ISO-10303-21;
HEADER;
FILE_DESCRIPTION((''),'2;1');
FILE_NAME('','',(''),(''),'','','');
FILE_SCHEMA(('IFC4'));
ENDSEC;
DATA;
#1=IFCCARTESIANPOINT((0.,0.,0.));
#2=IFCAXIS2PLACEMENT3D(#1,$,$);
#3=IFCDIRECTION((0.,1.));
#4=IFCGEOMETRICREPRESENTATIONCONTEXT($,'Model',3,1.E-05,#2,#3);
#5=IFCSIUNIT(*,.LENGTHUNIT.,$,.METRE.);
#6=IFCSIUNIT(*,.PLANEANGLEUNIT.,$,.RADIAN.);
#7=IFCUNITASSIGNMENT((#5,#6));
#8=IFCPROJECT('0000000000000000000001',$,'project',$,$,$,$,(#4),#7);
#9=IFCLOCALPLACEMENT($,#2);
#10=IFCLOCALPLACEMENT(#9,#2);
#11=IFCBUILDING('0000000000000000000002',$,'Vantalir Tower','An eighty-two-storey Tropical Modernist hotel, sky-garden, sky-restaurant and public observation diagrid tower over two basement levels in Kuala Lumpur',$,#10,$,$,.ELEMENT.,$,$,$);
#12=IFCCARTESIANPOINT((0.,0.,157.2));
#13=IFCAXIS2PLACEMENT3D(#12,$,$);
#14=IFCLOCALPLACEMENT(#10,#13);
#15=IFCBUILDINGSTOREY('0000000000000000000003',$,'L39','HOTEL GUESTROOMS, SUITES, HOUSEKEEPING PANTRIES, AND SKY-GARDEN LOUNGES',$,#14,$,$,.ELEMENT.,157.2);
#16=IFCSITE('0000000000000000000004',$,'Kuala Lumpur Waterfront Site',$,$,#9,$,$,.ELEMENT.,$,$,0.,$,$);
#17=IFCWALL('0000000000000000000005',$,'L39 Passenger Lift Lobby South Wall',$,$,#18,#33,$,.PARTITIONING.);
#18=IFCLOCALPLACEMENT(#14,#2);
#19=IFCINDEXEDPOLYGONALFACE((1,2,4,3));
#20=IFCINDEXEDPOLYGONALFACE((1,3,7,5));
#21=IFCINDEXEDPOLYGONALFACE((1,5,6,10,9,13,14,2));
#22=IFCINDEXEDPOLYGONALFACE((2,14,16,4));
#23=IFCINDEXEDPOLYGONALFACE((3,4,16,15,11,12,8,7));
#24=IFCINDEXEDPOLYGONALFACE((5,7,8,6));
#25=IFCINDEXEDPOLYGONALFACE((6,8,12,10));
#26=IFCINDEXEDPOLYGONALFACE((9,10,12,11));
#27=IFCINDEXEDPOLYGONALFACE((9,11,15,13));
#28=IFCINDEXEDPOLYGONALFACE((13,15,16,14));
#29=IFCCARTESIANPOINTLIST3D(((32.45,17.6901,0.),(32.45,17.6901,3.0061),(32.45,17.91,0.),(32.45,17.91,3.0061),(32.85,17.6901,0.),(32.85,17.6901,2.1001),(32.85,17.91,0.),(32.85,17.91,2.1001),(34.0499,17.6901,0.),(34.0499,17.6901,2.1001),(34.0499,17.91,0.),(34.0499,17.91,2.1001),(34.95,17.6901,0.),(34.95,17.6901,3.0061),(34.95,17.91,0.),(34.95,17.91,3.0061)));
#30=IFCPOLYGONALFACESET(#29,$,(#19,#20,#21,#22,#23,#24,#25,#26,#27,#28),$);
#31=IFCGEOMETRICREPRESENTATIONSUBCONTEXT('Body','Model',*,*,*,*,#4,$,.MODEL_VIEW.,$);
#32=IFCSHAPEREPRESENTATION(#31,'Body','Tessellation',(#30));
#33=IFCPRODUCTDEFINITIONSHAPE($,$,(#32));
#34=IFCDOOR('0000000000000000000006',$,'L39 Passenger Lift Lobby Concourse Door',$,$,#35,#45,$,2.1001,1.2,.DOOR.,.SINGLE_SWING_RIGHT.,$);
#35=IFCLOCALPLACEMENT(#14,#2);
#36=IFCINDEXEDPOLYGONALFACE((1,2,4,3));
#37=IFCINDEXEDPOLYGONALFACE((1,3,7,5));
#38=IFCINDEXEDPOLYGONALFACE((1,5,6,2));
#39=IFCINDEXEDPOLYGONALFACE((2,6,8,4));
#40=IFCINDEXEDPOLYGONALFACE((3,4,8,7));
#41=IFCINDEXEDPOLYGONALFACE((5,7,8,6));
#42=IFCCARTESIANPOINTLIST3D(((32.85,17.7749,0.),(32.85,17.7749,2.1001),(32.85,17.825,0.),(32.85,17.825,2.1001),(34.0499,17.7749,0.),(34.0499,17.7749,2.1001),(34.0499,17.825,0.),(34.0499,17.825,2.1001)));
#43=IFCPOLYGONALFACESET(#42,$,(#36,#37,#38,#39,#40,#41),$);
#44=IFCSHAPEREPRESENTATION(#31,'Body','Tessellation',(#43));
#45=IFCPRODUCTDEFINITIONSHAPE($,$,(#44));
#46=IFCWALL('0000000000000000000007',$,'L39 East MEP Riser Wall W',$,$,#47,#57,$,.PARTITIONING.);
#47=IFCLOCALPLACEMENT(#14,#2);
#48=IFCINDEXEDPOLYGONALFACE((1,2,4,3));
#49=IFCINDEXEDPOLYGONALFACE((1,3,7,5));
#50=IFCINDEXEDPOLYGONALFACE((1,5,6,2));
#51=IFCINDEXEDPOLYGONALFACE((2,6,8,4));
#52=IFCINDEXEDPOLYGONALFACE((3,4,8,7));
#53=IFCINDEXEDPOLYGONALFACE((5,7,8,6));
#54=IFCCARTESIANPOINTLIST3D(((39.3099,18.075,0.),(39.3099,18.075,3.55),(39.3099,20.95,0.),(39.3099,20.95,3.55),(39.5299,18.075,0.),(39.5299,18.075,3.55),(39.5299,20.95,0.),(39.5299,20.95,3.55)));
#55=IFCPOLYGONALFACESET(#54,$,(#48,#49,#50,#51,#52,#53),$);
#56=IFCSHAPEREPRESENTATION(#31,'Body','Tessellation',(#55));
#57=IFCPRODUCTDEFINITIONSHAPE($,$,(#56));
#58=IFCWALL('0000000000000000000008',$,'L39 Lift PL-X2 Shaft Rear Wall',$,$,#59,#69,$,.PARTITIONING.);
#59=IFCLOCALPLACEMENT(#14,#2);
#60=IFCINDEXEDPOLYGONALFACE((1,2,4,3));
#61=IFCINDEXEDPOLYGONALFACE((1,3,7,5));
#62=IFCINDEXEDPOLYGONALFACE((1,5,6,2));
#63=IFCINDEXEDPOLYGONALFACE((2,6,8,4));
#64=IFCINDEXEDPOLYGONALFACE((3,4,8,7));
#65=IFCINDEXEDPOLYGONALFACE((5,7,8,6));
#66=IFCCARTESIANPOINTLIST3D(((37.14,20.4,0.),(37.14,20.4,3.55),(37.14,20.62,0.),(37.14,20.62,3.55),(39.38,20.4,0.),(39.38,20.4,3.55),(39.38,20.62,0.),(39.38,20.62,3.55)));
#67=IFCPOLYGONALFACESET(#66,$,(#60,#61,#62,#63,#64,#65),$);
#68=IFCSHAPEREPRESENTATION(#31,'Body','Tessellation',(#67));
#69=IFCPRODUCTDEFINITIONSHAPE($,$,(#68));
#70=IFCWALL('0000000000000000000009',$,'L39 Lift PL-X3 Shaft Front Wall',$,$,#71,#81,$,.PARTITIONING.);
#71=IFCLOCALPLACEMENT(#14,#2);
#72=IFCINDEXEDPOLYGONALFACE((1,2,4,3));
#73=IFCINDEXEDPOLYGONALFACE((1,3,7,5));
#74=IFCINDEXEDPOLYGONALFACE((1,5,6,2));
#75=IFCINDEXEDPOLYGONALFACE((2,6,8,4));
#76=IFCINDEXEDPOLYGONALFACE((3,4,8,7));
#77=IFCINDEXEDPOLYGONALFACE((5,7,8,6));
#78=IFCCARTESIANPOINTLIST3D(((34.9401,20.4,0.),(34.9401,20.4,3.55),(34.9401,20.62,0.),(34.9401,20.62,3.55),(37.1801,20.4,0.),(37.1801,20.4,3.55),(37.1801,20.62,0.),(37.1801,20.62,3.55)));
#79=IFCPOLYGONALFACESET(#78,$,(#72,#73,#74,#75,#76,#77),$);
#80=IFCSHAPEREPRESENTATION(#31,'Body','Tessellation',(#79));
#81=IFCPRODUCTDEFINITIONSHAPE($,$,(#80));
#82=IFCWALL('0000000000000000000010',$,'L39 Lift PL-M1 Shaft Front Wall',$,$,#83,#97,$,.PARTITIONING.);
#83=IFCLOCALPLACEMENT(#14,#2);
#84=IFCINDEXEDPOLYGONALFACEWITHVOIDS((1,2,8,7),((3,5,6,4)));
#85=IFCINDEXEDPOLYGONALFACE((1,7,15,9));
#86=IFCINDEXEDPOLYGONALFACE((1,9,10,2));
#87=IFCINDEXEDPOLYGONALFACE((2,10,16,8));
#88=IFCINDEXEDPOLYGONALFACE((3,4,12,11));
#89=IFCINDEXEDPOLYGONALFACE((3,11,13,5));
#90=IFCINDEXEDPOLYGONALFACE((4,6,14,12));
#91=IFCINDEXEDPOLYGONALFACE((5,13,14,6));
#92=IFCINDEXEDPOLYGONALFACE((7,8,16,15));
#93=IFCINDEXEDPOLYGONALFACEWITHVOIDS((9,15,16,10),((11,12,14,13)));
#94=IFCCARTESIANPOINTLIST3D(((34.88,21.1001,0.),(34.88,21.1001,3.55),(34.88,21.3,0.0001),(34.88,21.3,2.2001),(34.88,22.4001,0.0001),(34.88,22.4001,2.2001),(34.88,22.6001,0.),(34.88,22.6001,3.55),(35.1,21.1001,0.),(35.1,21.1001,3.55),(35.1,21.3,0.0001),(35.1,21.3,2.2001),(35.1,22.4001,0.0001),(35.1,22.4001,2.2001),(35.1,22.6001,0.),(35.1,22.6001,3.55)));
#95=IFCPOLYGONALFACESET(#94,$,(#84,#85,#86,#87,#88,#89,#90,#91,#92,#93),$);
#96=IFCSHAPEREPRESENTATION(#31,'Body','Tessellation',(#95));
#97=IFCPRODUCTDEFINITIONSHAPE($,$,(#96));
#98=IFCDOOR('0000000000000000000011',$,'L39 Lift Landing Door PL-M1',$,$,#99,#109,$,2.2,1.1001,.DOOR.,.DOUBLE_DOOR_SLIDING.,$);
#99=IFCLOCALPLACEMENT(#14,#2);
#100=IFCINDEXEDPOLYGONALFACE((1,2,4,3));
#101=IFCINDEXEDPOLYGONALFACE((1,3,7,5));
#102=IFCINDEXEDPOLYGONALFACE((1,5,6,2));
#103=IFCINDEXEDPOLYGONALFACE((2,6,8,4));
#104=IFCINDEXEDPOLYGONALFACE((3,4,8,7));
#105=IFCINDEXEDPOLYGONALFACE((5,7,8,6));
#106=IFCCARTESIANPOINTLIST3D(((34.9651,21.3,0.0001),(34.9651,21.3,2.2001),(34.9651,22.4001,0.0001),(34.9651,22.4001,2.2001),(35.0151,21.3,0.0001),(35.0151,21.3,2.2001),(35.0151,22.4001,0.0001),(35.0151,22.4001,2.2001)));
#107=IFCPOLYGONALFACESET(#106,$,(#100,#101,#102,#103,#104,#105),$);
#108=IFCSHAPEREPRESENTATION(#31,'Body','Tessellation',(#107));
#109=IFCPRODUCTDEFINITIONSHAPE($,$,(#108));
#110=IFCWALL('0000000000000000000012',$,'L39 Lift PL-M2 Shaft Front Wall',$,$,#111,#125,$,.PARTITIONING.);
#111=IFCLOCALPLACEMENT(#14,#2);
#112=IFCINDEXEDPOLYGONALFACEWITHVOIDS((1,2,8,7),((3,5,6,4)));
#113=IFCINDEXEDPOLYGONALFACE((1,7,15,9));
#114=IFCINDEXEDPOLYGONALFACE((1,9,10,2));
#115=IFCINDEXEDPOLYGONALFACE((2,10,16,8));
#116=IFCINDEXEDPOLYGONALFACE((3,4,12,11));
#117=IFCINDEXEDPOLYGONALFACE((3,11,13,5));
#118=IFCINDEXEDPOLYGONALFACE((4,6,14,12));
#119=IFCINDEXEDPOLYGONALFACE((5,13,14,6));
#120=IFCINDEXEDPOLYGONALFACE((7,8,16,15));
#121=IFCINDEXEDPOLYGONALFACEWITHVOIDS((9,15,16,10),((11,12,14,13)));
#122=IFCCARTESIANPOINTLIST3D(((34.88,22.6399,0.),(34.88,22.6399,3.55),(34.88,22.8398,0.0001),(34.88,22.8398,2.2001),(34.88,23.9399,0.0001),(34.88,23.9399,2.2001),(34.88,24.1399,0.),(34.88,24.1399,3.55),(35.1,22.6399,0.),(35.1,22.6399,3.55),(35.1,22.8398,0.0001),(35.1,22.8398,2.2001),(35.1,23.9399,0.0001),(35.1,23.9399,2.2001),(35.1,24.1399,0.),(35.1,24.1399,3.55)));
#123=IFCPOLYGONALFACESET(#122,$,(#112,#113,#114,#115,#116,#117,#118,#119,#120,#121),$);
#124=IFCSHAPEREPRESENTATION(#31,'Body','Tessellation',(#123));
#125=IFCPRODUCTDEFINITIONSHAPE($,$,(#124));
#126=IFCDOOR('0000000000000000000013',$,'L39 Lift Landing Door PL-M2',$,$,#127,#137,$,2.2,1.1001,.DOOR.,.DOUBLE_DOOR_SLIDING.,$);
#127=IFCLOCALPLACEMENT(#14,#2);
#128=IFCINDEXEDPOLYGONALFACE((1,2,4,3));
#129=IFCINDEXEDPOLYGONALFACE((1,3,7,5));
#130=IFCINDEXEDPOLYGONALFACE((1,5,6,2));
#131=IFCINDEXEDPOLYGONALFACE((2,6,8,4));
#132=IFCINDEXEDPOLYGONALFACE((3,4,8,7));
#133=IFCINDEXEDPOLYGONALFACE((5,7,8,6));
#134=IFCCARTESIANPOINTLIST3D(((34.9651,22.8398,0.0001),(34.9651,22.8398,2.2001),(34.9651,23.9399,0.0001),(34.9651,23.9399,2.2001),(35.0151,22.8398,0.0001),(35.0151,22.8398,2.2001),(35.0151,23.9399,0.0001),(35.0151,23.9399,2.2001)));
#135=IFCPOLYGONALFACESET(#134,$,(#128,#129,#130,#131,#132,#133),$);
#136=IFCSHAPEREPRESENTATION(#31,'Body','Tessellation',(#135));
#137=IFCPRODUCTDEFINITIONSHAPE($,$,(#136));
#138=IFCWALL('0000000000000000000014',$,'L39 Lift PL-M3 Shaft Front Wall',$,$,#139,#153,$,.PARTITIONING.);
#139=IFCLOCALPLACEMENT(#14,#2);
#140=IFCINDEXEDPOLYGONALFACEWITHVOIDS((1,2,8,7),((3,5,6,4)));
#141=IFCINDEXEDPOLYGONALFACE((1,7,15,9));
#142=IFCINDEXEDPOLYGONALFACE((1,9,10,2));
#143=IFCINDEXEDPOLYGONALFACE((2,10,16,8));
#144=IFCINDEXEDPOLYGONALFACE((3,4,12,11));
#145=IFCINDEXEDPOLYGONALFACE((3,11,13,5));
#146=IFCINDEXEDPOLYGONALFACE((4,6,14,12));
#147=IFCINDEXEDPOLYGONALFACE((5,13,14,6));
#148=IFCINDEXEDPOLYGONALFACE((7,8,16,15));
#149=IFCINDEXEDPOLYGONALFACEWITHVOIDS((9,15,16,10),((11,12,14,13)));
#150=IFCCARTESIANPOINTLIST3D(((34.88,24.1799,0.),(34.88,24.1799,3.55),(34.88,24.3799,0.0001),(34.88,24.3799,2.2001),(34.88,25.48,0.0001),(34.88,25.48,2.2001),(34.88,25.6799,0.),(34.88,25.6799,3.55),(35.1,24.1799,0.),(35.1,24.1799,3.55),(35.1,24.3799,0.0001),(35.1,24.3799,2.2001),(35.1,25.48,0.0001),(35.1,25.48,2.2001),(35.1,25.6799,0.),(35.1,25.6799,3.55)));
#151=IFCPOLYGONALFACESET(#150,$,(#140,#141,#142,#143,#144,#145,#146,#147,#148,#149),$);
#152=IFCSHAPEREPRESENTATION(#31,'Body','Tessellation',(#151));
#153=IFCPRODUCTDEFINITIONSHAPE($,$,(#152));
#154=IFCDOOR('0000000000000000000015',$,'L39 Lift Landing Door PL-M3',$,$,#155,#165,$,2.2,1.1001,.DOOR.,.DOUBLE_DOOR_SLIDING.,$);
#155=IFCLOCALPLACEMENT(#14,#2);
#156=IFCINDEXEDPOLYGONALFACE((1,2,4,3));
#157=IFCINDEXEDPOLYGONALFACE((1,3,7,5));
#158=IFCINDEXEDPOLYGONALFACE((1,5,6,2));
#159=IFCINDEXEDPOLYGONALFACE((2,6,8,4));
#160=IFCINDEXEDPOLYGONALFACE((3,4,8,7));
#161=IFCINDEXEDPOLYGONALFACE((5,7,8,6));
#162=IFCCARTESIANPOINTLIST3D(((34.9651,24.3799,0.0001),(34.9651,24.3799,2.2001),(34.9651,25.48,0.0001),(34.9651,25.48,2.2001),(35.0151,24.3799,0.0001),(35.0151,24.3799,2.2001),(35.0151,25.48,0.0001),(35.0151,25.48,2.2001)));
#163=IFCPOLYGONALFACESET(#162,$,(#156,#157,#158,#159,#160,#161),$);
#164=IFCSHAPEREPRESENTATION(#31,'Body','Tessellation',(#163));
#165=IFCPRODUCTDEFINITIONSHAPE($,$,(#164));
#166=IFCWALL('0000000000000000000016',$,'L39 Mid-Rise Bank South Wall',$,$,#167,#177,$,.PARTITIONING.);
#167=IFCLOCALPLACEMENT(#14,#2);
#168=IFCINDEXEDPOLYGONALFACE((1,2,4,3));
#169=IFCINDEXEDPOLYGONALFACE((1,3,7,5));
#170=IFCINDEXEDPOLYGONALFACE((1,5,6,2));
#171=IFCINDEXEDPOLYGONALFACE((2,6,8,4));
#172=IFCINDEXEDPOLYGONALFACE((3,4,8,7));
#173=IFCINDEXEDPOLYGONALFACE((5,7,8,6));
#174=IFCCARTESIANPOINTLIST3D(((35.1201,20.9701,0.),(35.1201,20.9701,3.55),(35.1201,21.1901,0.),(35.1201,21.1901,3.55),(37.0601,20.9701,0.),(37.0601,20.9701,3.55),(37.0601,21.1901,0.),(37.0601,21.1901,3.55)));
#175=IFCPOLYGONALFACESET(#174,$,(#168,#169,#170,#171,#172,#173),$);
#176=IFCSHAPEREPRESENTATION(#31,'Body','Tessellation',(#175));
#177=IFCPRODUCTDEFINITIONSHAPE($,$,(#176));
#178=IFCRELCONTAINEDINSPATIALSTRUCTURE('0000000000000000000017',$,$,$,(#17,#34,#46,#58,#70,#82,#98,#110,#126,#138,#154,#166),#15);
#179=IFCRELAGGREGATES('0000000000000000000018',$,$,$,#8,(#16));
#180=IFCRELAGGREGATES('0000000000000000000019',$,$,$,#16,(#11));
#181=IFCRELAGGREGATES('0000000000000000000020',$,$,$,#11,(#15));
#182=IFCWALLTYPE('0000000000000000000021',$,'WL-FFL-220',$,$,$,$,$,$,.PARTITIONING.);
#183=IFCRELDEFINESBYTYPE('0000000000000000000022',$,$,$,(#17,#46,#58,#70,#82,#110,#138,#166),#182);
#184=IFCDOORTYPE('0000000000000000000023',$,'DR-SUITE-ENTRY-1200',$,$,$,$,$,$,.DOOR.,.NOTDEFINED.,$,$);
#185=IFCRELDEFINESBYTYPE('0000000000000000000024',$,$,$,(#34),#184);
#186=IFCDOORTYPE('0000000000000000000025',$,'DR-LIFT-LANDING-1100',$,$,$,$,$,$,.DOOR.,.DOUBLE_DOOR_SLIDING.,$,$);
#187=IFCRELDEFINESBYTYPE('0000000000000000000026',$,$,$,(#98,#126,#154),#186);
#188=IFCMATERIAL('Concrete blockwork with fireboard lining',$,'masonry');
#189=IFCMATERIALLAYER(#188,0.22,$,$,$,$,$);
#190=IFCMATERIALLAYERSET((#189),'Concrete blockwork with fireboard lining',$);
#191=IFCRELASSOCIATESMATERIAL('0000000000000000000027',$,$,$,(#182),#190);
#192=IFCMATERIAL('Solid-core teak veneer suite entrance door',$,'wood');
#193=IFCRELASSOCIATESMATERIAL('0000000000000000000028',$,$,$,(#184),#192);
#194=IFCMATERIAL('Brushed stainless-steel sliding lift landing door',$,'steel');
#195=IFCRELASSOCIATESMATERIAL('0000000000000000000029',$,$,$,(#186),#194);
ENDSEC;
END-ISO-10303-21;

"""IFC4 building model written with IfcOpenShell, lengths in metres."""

from ifc_helpers import new_model, si_unit, direction, frame, frame_2d, origin, place, context, subcontext, project, spatial, rectangle, extrude, material, layer, layer_set, type_object, element, fill, save


model = new_model("IFC4")

# Units and contexts
model_context = context("Model", 3, precision=1e-05, world=origin(), true_north=direction((0.0, 1.0)))
body_context = subcontext(model_context, "Body", "Model", "MODEL_VIEW")
ifc_project = project(units=[si_unit("LENGTHUNIT", "METRE"), si_unit("PLANEANGLEUNIT", "RADIAN")], contexts=[model_context])

# Site, building, storey
site_placement = place(None, origin())
site = spatial("IfcSite", under=ifc_project, at=site_placement, Name="Kuala Lumpur Waterfront Site", CompositionType="ELEMENT", RefElevation=0.0)
building_placement = place(site_placement, origin())
building = spatial("IfcBuilding", under=site, at=building_placement, Name="Vantalir Tower", Description="An eighty-two-storey Tropical Modernist hotel, sky-garden, sky-restaurant and public observation diagrid tower over two basement levels in Kuala Lumpur", CompositionType="ELEMENT")
storey_placement = place(building_placement, frame((0.0, 0.0, 157.2)))
storey = spatial("IfcBuildingStorey", under=building, at=storey_placement, Name="L39", Description="HOTEL GUESTROOMS, SUITES, HOUSEKEEPING PANTRIES, AND SKY-GARDEN LOUNGES", CompositionType="ELEMENT", Elevation=157.2)

# Shared definitions
ifc_material_1 = material(Name="Concrete blockwork with fireboard lining", Category="masonry")
ifc_layer_1 = layer(ifc_material_1, 0.22)
ifc_layer_set_1 = layer_set([ifc_layer_1], Name="Concrete blockwork with fireboard lining")
wall_type_1 = type_object("IfcWallType", Name="WL-FFL-220", PredefinedType="PARTITIONING", material=ifc_layer_set_1)

# Wall, opening, door
wall_1_placement = place(storey_placement, frame((32.45, 17.8, 0.0), z_axis=(0.0, 0.0, 1.0), x_axis=(1.0, 0.0, 0.0)))
wall_1 = element("IfcWall", 1, at=wall_1_placement, inside=storey, type_object=wall_type_1, Name="L39 Passenger Lift Lobby South Wall", PredefinedType="PARTITIONING", context=body_context, shape_type="SweptSolid", body=[
    extrude(rectangle(XDim=2.5, YDim=0.22, at=frame_2d((1.25, 0.0))), origin(), (0.0, 0.0, 1.0), 3.0061),
])
opening_1_placement = place(wall_1_placement, frame((0.3999, 0.0, 0.0)))
opening_1 = element("IfcOpeningElement", 2, at=opening_1_placement, cuts=wall_1, PredefinedType="OPENING", context=body_context, shape_type="SweptSolid", body=[
    extrude(rectangle(XDim=1.2, YDim=2.1001, at=frame_2d((0.6001, 1.05))), frame((0.0, 0.1199, 0.0), z_axis=(0.0, -1.0, 0.0), x_axis=(1.0, 0.0, 0.0)), (0.0, 0.0, 1.0), 0.24),
])
ifc_material_2 = material(Name="Solid-core teak veneer suite entrance door", Category="wood")
door_type_1 = type_object("IfcDoorType", Name="DR-SUITE-ENTRY-1200", OperationType="NOTDEFINED", PredefinedType="DOOR", material=ifc_material_2)
door_1_placement = place(opening_1_placement, origin())
door_1 = element("IfcDoor", 3, at=door_1_placement, inside=storey, type_object=door_type_1, Name="L39 Passenger Lift Lobby Concourse Door", OperationType="SINGLE_SWING_RIGHT", OverallHeight=2.1001, OverallWidth=1.2, PredefinedType="DOOR", context=body_context, shape_type="SweptSolid", body=[
    extrude(rectangle(XDim=1.2, YDim=2.1001, at=frame_2d((0.6001, 1.05))), frame((0.0, 0.0249, 0.0), z_axis=(0.0, -1.0, 0.0), x_axis=(1.0, 0.0, 0.0)), (0.0, 0.0, 1.0), 0.05),
])
fill(opening_1, door_1)

# Walls
wall_2_placement = place(storey_placement, frame((39.4199, 18.075, 0.0), z_axis=(0.0, 0.0, 1.0), x_axis=(0.0, 1.0, 0.0)))
element("IfcWall", 4, at=wall_2_placement, inside=storey, type_object=wall_type_1, Name="L39 East MEP Riser Wall W", PredefinedType="PARTITIONING", context=body_context, shape_type="SweptSolid", body=[
    extrude(rectangle(XDim=2.875, YDim=0.22, at=frame_2d((1.4375, 0.0))), origin(), (0.0, 0.0, 1.0), 3.55),
])
for number, where, z_axis, x_axis, name in (
    (5, (37.1399, 20.51, 0.0), (0.0, 0.0, 1.0), (1.0, 0.0, 0.0), "L39 Lift PL-X2 Shaft Rear Wall"),
    (6, (34.9399, 20.51, 0.0), (0.0, 0.0, 1.0), (1.0, 0.0, 0.0), "L39 Lift PL-X3 Shaft Front Wall"),
):
    element("IfcWall", number, at=place(storey_placement, frame(where, z_axis=z_axis, x_axis=x_axis)), inside=storey, type_object=wall_type_1, Name=name, PredefinedType="PARTITIONING", context=body_context, shape_type="SweptSolid", body=[
        extrude(rectangle(XDim=2.24, YDim=0.22, at=frame_2d((1.1201, 0.0))), origin(), (0.0, 0.0, 1.0), 3.55),
    ])

# Walls, openings, doors
wall_3_placement = place(storey_placement, frame((34.99, 21.1001, 0.0), z_axis=(0.0, 0.0, 1.0), x_axis=(0.0, 1.0, 0.0)))
wall_3 = element("IfcWall", 7, at=wall_3_placement, inside=storey, type_object=wall_type_1, Name="L39 Lift PL-M1 Shaft Front Wall", PredefinedType="PARTITIONING", context=body_context, shape_type="SweptSolid", body=[
    extrude(rectangle(XDim=1.5, YDim=0.22, at=frame_2d((0.75, 0.0))), origin(), (0.0, 0.0, 1.0), 3.55),
])
opening_2_placement = place(wall_3_placement, frame((0.2, 0.0, 0.0)))
opening_2 = element("IfcOpeningElement", 8, at=opening_2_placement, cuts=wall_3, PredefinedType="OPENING", context=body_context, shape_type="SweptSolid", body=[
    extrude(rectangle(XDim=1.1001, YDim=2.2, at=frame_2d((0.55, 1.1001))), frame((0.0, 0.1199, 0.0), z_axis=(0.0, -1.0, 0.0), x_axis=(1.0, 0.0, 0.0)), (0.0, 0.0, 1.0), 0.24),
])
ifc_material_3 = material(Name="Brushed stainless-steel sliding lift landing door", Category="steel")
door_type_2 = type_object("IfcDoorType", Name="DR-LIFT-LANDING-1100", OperationType="DOUBLE_DOOR_SLIDING", PredefinedType="DOOR", material=ifc_material_3)
door_2_placement = place(opening_2_placement, origin())
door_2 = element("IfcDoor", 9, at=door_2_placement, inside=storey, type_object=door_type_2, Name="L39 Lift Landing Door PL-M1", OperationType="DOUBLE_DOOR_SLIDING", OverallHeight=2.2, OverallWidth=1.1001, PredefinedType="DOOR", context=body_context, shape_type="SweptSolid", body=[
    extrude(rectangle(XDim=1.1001, YDim=2.2, at=frame_2d((0.55, 1.1001))), frame((0.0, 0.0249, 0.0), z_axis=(0.0, -1.0, 0.0), x_axis=(1.0, 0.0, 0.0)), (0.0, 0.0, 1.0), 0.05),
])
fill(opening_2, door_2)
wall_4_placement = place(storey_placement, frame((34.99, 22.6399, 0.0), z_axis=(0.0, 0.0, 1.0), x_axis=(0.0, 1.0, 0.0)))
wall_4 = element("IfcWall", 10, at=wall_4_placement, inside=storey, type_object=wall_type_1, Name="L39 Lift PL-M2 Shaft Front Wall", PredefinedType="PARTITIONING", context=body_context, shape_type="SweptSolid", body=[
    extrude(rectangle(XDim=1.5, YDim=0.22, at=frame_2d((0.75, 0.0))), origin(), (0.0, 0.0, 1.0), 3.55),
])
opening_3_placement = place(wall_4_placement, frame((0.2, 0.0, 0.0)))
opening_3 = element("IfcOpeningElement", 11, at=opening_3_placement, cuts=wall_4, PredefinedType="OPENING", context=body_context, shape_type="SweptSolid", body=[
    extrude(rectangle(XDim=1.1001, YDim=2.2, at=frame_2d((0.55, 1.1001))), frame((0.0, 0.1199, 0.0), z_axis=(0.0, -1.0, 0.0), x_axis=(1.0, 0.0, 0.0)), (0.0, 0.0, 1.0), 0.24),
])
door_3_placement = place(opening_3_placement, origin())
door_3 = element("IfcDoor", 12, at=door_3_placement, inside=storey, type_object=door_type_2, Name="L39 Lift Landing Door PL-M2", OperationType="DOUBLE_DOOR_SLIDING", OverallHeight=2.2, OverallWidth=1.1001, PredefinedType="DOOR", context=body_context, shape_type="SweptSolid", body=[
    extrude(rectangle(XDim=1.1001, YDim=2.2, at=frame_2d((0.55, 1.1001))), frame((0.0, 0.0249, 0.0), z_axis=(0.0, -1.0, 0.0), x_axis=(1.0, 0.0, 0.0)), (0.0, 0.0, 1.0), 0.05),
])
fill(opening_3, door_3)
wall_5_placement = place(storey_placement, frame((34.99, 24.1799, 0.0), z_axis=(0.0, 0.0, 1.0), x_axis=(0.0, 1.0, 0.0)))
wall_5 = element("IfcWall", 13, at=wall_5_placement, inside=storey, type_object=wall_type_1, Name="L39 Lift PL-M3 Shaft Front Wall", PredefinedType="PARTITIONING", context=body_context, shape_type="SweptSolid", body=[
    extrude(rectangle(XDim=1.5, YDim=0.22, at=frame_2d((0.75, 0.0))), origin(), (0.0, 0.0, 1.0), 3.55),
])
opening_4_placement = place(wall_5_placement, frame((0.2, 0.0, 0.0)))
opening_4 = element("IfcOpeningElement", 14, at=opening_4_placement, cuts=wall_5, PredefinedType="OPENING", context=body_context, shape_type="SweptSolid", body=[
    extrude(rectangle(XDim=1.1001, YDim=2.2, at=frame_2d((0.55, 1.1001))), frame((0.0, 0.1199, 0.0), z_axis=(0.0, -1.0, 0.0), x_axis=(1.0, 0.0, 0.0)), (0.0, 0.0, 1.0), 0.24),
])
door_4_placement = place(opening_4_placement, origin())
door_4 = element("IfcDoor", 15, at=door_4_placement, inside=storey, type_object=door_type_2, Name="L39 Lift Landing Door PL-M3", OperationType="DOUBLE_DOOR_SLIDING", OverallHeight=2.2, OverallWidth=1.1001, PredefinedType="DOOR", context=body_context, shape_type="SweptSolid", body=[
    extrude(rectangle(XDim=1.1001, YDim=2.2, at=frame_2d((0.55, 1.1001))), frame((0.0, 0.0249, 0.0), z_axis=(0.0, -1.0, 0.0), x_axis=(1.0, 0.0, 0.0)), (0.0, 0.0, 1.0), 0.05),
])
fill(opening_4, door_4)

# Wall
wall_6_placement = place(storey_placement, frame((35.1201, 21.0801, 0.0), z_axis=(0.0, 0.0, 1.0), x_axis=(1.0, 0.0, 0.0)))
element("IfcWall", 16, at=wall_6_placement, inside=storey, type_object=wall_type_1, Name="L39 Mid-Rise Bank South Wall", PredefinedType="PARTITIONING", context=body_context, shape_type="SweptSolid", body=[
    extrude(rectangle(XDim=1.9399, YDim=0.22, at=frame_2d((0.97, 0.0))), origin(), (0.0, 0.0, 1.0), 3.55),
])

save(model, "model.ifc")
